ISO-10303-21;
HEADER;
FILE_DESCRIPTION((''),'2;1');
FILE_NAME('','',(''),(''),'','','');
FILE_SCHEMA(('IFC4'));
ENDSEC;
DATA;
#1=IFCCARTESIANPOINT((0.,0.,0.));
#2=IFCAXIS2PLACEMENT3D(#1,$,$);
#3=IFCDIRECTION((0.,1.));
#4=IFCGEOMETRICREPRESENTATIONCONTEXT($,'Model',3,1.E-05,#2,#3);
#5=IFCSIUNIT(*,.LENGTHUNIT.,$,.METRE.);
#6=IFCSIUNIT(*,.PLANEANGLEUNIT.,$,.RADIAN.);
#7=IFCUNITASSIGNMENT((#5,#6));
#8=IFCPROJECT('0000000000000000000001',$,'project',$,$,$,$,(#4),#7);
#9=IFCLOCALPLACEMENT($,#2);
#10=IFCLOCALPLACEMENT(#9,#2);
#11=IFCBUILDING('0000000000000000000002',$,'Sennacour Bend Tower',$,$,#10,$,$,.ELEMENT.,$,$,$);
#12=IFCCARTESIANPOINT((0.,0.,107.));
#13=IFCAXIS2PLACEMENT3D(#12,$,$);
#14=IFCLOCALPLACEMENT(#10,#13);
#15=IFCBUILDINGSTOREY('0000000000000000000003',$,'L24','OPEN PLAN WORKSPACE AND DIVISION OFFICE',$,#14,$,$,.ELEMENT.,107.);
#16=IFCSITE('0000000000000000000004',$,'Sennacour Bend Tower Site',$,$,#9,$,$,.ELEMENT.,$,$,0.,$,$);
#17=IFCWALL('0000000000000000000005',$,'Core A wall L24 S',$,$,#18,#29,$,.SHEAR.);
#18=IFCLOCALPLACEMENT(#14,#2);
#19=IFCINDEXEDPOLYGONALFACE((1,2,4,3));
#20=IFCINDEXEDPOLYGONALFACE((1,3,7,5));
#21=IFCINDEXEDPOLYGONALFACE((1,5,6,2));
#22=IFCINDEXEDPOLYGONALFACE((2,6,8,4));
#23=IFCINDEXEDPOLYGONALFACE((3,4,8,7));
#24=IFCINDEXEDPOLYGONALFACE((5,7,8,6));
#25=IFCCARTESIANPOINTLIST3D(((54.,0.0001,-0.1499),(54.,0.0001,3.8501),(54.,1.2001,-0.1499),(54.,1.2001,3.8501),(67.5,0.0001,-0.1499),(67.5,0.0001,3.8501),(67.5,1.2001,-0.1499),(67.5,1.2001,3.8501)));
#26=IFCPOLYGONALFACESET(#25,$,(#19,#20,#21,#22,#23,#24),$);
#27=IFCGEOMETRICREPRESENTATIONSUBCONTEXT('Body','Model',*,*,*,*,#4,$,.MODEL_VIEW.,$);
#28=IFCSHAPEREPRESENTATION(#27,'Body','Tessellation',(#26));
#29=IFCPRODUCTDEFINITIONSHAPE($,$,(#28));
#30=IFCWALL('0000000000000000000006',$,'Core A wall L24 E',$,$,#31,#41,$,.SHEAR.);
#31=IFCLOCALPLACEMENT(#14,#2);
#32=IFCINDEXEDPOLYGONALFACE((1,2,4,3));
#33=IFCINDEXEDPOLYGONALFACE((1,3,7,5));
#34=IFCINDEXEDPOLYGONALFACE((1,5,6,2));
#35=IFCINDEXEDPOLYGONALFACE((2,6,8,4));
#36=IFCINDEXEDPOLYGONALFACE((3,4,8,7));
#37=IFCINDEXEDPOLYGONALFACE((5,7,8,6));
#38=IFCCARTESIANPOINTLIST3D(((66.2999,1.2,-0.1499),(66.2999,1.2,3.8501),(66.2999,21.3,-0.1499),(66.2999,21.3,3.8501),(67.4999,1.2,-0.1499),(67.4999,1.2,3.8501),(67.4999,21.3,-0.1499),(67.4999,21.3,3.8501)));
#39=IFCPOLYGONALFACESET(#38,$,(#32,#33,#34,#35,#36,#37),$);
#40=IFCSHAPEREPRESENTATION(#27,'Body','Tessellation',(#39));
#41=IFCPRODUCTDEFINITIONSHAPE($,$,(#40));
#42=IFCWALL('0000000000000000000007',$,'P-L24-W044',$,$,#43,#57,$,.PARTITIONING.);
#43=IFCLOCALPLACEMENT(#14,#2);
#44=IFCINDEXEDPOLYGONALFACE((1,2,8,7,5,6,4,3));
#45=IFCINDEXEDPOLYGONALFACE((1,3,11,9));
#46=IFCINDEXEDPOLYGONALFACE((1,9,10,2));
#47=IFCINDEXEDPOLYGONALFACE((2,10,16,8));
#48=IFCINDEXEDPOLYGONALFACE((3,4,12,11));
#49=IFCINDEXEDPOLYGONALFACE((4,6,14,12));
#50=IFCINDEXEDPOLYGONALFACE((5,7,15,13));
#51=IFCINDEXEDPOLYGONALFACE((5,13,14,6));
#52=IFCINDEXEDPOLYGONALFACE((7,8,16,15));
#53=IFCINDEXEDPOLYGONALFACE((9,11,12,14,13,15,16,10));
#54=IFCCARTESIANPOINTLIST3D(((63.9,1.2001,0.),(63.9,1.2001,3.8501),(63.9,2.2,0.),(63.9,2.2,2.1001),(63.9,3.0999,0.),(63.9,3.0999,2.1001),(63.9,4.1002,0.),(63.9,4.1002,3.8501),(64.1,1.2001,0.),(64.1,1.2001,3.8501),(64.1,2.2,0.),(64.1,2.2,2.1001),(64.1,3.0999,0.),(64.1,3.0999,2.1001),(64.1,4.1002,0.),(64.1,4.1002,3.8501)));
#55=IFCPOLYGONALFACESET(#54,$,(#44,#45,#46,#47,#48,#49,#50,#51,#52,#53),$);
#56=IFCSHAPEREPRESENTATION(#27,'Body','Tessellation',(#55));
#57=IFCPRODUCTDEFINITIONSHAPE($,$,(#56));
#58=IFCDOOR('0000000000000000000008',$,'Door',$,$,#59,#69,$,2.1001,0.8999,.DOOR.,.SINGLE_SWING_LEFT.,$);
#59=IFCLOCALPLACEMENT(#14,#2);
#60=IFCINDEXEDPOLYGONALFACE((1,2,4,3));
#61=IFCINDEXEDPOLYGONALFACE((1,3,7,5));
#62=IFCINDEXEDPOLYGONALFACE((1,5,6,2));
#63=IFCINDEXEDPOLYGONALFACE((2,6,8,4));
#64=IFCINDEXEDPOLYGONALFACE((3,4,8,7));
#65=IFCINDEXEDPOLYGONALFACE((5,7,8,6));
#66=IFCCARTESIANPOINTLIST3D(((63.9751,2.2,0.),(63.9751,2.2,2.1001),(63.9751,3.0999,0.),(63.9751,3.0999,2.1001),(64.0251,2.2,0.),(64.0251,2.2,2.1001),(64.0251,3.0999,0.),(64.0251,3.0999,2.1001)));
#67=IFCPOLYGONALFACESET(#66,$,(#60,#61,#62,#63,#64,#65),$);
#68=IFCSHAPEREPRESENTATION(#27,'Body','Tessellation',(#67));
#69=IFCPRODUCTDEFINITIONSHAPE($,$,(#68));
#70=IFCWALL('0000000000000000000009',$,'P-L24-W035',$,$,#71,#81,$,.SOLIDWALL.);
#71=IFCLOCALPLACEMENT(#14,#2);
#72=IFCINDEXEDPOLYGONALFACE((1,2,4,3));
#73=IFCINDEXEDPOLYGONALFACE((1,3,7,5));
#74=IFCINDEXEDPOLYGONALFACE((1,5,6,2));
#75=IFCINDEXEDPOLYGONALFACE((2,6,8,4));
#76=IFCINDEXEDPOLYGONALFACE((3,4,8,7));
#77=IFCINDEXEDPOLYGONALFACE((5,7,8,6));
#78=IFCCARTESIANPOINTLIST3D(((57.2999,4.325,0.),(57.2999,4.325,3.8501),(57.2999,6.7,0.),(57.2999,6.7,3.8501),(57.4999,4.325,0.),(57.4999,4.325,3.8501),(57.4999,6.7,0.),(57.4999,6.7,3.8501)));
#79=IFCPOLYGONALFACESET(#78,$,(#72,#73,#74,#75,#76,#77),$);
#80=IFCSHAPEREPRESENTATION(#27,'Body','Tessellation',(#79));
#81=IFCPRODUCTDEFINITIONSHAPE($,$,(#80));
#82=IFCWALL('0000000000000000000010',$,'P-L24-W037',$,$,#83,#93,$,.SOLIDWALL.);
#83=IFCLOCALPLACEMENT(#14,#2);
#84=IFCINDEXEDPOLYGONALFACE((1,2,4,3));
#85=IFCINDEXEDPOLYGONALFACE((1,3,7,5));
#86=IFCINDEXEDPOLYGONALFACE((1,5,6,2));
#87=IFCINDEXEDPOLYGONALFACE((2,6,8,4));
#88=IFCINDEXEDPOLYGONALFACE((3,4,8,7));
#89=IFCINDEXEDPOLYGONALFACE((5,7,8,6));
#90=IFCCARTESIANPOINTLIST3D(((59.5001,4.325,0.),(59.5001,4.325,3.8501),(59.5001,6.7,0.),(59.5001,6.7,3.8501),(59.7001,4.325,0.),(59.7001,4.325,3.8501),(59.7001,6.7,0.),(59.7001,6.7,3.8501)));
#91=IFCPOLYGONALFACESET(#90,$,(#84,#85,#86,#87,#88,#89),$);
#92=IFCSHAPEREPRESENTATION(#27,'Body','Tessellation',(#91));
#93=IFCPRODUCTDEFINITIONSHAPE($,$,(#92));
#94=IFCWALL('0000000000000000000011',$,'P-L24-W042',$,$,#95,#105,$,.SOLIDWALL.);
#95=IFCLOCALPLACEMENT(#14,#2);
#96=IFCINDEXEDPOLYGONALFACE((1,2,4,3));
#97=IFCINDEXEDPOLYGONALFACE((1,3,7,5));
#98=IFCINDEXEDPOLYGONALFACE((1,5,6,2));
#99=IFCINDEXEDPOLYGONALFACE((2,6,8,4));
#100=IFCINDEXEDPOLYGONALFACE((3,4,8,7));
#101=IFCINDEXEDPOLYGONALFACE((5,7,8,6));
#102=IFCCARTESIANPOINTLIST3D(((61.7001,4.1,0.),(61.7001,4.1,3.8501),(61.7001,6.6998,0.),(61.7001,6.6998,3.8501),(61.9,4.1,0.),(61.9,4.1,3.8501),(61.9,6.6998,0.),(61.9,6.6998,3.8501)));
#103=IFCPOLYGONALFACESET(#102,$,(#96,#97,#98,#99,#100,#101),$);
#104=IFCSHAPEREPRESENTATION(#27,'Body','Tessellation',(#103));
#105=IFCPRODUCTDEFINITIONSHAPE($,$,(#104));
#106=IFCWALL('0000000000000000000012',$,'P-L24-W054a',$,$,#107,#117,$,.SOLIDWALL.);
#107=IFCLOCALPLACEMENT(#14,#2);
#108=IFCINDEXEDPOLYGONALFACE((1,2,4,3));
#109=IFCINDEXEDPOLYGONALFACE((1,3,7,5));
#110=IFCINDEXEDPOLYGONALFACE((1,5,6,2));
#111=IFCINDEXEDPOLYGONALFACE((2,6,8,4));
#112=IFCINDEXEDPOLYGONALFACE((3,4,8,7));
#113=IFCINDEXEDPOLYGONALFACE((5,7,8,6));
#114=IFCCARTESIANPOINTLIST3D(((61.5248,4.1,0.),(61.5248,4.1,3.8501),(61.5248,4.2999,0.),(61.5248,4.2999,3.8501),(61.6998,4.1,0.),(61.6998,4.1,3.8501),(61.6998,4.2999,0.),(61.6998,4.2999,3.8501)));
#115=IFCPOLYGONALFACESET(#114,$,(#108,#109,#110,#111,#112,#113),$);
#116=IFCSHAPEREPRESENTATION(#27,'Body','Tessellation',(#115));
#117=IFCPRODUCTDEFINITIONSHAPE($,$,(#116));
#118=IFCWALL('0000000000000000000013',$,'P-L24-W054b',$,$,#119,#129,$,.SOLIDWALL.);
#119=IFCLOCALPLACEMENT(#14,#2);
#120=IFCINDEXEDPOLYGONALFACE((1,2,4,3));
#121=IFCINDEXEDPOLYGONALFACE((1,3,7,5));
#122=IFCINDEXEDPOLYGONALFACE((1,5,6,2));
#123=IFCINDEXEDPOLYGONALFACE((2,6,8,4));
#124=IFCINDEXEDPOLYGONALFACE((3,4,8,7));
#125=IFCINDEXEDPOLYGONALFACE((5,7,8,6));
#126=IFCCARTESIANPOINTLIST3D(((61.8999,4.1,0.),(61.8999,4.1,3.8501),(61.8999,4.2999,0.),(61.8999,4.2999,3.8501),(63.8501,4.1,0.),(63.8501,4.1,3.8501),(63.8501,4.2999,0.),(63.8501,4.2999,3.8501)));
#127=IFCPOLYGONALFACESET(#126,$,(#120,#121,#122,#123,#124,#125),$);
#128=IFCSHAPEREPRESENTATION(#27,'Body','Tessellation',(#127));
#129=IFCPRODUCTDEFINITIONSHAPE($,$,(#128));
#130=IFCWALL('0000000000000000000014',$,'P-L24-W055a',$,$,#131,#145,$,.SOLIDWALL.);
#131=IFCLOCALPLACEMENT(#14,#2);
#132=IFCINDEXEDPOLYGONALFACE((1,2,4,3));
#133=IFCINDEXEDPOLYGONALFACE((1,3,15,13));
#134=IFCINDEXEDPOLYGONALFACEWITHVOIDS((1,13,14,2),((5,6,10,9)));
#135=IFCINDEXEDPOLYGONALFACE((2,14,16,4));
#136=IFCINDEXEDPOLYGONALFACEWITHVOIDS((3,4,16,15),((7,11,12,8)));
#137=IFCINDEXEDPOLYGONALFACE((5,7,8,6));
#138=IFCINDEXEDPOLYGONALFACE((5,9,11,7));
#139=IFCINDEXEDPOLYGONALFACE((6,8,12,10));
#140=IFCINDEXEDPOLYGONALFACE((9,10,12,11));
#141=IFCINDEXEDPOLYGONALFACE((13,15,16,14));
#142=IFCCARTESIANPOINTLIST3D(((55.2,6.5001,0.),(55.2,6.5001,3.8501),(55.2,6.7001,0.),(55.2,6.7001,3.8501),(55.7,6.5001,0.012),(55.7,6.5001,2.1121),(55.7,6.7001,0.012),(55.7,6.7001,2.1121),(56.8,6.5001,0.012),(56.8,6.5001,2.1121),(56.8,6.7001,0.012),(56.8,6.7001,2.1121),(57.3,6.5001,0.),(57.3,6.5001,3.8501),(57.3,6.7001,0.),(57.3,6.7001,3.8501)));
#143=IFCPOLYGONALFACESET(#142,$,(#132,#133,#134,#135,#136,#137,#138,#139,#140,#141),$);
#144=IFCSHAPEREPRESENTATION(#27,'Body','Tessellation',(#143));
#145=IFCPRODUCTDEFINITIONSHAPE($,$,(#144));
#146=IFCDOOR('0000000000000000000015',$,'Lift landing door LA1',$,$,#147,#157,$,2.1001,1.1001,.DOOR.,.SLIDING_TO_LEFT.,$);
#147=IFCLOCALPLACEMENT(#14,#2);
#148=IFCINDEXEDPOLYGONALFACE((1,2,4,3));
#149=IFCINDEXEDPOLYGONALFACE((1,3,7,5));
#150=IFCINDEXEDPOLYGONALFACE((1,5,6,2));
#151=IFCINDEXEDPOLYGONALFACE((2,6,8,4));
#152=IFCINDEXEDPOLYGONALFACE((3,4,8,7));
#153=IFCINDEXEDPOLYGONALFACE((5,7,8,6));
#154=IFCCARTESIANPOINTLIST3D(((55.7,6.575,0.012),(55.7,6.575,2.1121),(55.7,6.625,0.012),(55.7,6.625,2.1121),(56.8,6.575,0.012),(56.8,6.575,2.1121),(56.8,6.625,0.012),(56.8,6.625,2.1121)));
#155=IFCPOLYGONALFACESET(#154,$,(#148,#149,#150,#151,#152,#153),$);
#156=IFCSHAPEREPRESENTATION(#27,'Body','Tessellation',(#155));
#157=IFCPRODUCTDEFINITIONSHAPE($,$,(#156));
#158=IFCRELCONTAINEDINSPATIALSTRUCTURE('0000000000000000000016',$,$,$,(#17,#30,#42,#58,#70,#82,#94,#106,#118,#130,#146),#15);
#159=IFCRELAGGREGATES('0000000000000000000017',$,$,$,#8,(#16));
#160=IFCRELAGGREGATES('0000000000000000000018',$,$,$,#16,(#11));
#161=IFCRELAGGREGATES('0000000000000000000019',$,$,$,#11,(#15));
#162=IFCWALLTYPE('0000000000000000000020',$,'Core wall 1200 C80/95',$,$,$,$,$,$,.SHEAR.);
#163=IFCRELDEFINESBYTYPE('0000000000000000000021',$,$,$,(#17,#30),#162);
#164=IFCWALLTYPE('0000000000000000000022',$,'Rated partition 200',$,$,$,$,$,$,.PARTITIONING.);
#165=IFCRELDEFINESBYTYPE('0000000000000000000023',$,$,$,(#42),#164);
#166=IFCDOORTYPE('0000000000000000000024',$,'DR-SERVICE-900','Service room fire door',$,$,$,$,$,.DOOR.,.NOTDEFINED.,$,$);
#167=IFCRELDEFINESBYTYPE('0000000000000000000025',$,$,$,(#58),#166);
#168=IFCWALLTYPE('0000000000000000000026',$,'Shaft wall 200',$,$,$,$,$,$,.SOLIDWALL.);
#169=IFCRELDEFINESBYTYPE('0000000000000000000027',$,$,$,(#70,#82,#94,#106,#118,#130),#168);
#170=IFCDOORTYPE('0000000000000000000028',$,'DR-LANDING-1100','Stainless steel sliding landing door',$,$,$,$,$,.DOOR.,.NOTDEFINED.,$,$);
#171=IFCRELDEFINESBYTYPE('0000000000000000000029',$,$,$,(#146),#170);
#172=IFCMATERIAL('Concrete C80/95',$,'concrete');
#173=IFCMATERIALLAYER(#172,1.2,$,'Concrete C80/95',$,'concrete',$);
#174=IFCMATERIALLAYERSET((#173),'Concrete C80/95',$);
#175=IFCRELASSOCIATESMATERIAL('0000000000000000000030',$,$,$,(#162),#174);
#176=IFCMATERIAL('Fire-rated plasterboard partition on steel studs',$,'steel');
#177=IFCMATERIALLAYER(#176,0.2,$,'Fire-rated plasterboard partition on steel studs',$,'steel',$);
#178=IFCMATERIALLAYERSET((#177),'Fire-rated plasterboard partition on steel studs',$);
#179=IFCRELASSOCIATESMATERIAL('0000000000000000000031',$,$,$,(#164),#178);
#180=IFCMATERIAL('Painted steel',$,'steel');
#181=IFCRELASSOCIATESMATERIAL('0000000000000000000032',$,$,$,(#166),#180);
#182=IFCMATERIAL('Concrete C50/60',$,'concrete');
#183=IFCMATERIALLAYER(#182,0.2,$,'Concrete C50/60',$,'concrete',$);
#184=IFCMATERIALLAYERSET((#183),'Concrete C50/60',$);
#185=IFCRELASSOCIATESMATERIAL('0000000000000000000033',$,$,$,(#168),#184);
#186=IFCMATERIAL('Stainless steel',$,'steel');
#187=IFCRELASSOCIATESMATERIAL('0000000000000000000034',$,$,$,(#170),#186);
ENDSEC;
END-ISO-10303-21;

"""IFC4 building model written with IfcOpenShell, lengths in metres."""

from ifc_helpers import new_model, si_unit, direction, frame, frame_2d, origin, place, context, subcontext, project, spatial, rectangle, extrude, material, layer, layer_set, type_object, element, fill, save


model = new_model("IFC4")

# Units and contexts
model_context = context("Model", 3, precision=1e-05, world=origin(), true_north=direction((0.0, 1.0)))
body_context = subcontext(model_context, "Body", "Model", "MODEL_VIEW")
ifc_project = project(units=[si_unit("LENGTHUNIT", "METRE"), si_unit("PLANEANGLEUNIT", "RADIAN")], contexts=[model_context])

# Site, building, storey
site_placement = place(None, origin())
site = spatial("IfcSite", under=ifc_project, at=site_placement, Name="Sennacour Bend Tower Site", CompositionType="ELEMENT", RefElevation=0.0)
building_placement = place(site_placement, origin())
building = spatial("IfcBuilding", under=site, at=building_placement, Name="Sennacour Bend Tower", CompositionType="ELEMENT")
storey_placement = place(building_placement, frame((0.0, 0.0, 107.0)))
storey = spatial("IfcBuildingStorey", under=building, at=storey_placement, Name="L24", Description="OPEN PLAN WORKSPACE AND DIVISION OFFICE", CompositionType="ELEMENT", Elevation=107.0)

# Walls
ifc_material_1 = material(Name="Concrete C80/95", Category="concrete")
ifc_layer_1 = layer(ifc_material_1, 1.2, Name="Concrete C80/95", Category="concrete")
ifc_layer_set_1 = layer_set([ifc_layer_1], Name="Concrete C80/95")
wall_type_1 = type_object("IfcWallType", Name="Core wall 1200 C80/95", PredefinedType="SHEAR", material=ifc_layer_set_1)
wall_1_placement = place(storey_placement, frame((67.5, 0.6001, -0.1499), z_axis=(0.0, 0.0, 1.0), x_axis=(-1.0, 0.0, 0.0)))
element("IfcWall", 1, at=wall_1_placement, inside=storey, type_object=wall_type_1, Name="Core A wall L24 S", PredefinedType="SHEAR", context=body_context, shape_type="SweptSolid", body=[
    extrude(rectangle(XDim=13.5, YDim=1.2, at=frame_2d((6.75, 0.0))), origin(), (0.0, 0.0, 1.0), 4.0),
])
wall_2_placement = place(storey_placement, frame((66.8999, 1.2, -0.1499), z_axis=(0.0, 0.0, 1.0), x_axis=(0.0, 1.0, 0.0)))
element("IfcWall", 2, at=wall_2_placement, inside=storey, type_object=wall_type_1, Name="Core A wall L24 E", PredefinedType="SHEAR", context=body_context, shape_type="SweptSolid", body=[
    extrude(rectangle(XDim=20.1001, YDim=1.2, at=frame_2d((10.05, 0.0))), origin(), (0.0, 0.0, 1.0), 4.0),
])

# Wall, opening, door
ifc_material_2 = material(Name="Fire-rated plasterboard partition on steel studs", Category="steel")
ifc_layer_2 = layer(ifc_material_2, 0.2, Name="Fire-rated plasterboard partition on steel studs", Category="steel")
ifc_layer_set_2 = layer_set([ifc_layer_2], Name="Fire-rated plasterboard partition on steel studs")
wall_type_2 = type_object("IfcWallType", Name="Rated partition 200", PredefinedType="PARTITIONING", material=ifc_layer_set_2)
wall_3_placement = place(storey_placement, frame((64.0, 1.2, 0.0), z_axis=(0.0, 0.0, 1.0), x_axis=(0.0, 1.0, 0.0)))
wall_3 = element("IfcWall", 3, at=wall_3_placement, inside=storey, type_object=wall_type_2, Name="P-L24-W044", PredefinedType="PARTITIONING", context=body_context, shape_type="SweptSolid", body=[
    extrude(rectangle(XDim=2.9001, YDim=0.2, at=frame_2d((1.4502, 0.0))), origin(), (0.0, 0.0, 1.0), 3.8501),
])
opening_1_placement = place(wall_3_placement, frame((1.0, 0.0, 0.0)))
opening_1 = element("IfcOpeningElement", 4, at=opening_1_placement, cuts=wall_3, PredefinedType="OPENING", context=body_context, shape_type="SweptSolid", body=[
    extrude(rectangle(XDim=0.8999, YDim=2.1001, at=frame_2d((0.45, 1.05))), frame((0.0, 0.1099, 0.0), z_axis=(0.0, -1.0, 0.0), x_axis=(1.0, 0.0, 0.0)), (0.0, 0.0, 1.0), 0.22),
])
ifc_material_3 = material(Name="Painted steel", Category="steel")
door_type_1 = type_object("IfcDoorType", Name="DR-SERVICE-900", Description="Service room fire door", OperationType="NOTDEFINED", PredefinedType="DOOR", material=ifc_material_3)
door_1_placement = place(opening_1_placement, origin())
door_1 = element("IfcDoor", 5, at=door_1_placement, inside=storey, type_object=door_type_1, Name="Door", OperationType="SINGLE_SWING_LEFT", OverallHeight=2.1001, OverallWidth=0.8999, PredefinedType="DOOR", context=body_context, shape_type="SweptSolid", body=[
    extrude(rectangle(XDim=0.8999, YDim=2.1001, at=frame_2d((0.45, 1.05))), frame((0.0, 0.0249, 0.0), z_axis=(0.0, -1.0, 0.0), x_axis=(1.0, 0.0, 0.0)), (0.0, 0.0, 1.0), 0.05),
])
fill(opening_1, door_1)

# Walls
ifc_material_4 = material(Name="Concrete C50/60", Category="concrete")
ifc_layer_3 = layer(ifc_material_4, 0.2, Name="Concrete C50/60", Category="concrete")
ifc_layer_set_3 = layer_set([ifc_layer_3], Name="Concrete C50/60")
wall_type_3 = type_object("IfcWallType", Name="Shaft wall 200", PredefinedType="SOLIDWALL", material=ifc_layer_set_3)
for number, where, z_axis, x_axis, name in (
    (6, (57.3999, 4.325, 0.0), (0.0, 0.0, 1.0), (0.0, 1.0, 0.0), "P-L24-W035"),
    (7, (59.6001, 4.325, 0.0), (0.0, 0.0, 1.0), (0.0, 1.0, 0.0), "P-L24-W037"),
):
    element("IfcWall", number, at=place(storey_placement, frame(where, z_axis=z_axis, x_axis=x_axis)), inside=storey, type_object=wall_type_3, Name=name, PredefinedType="SOLIDWALL", context=body_context, shape_type="SweptSolid", body=[
        extrude(rectangle(XDim=2.375, YDim=0.2, at=frame_2d((1.1875, 0.0))), origin(), (0.0, 0.0, 1.0), 3.8501),
    ])
wall_4_placement = place(storey_placement, frame((61.8, 4.1001, 0.0), z_axis=(0.0, 0.0, 1.0), x_axis=(0.0, 1.0, 0.0)))
element("IfcWall", 8, at=wall_4_placement, inside=storey, type_object=wall_type_3, Name="P-L24-W042", PredefinedType="SOLIDWALL", context=body_context, shape_type="SweptSolid", body=[
    extrude(rectangle(XDim=2.5999, YDim=0.2, at=frame_2d((1.2998, 0.0))), origin(), (0.0, 0.0, 1.0), 3.8501),
])
wall_5_placement = place(storey_placement, frame((61.5249, 4.2, 0.0), z_axis=(0.0, 0.0, 1.0), x_axis=(1.0, 0.0, 0.0)))
element("IfcWall", 9, at=wall_5_placement, inside=storey, type_object=wall_type_3, Name="P-L24-W054a", PredefinedType="SOLIDWALL", context=body_context, shape_type="SweptSolid", body=[
    extrude(rectangle(XDim=0.175, YDim=0.2, at=frame_2d((0.0874, 0.0))), origin(), (0.0, 0.0, 1.0), 3.8501),
])
wall_6_placement = place(storey_placement, frame((61.8999, 4.2, 0.0), z_axis=(0.0, 0.0, 1.0), x_axis=(1.0, 0.0, 0.0)))
element("IfcWall", 10, at=wall_6_placement, inside=storey, type_object=wall_type_3, Name="P-L24-W054b", PredefinedType="SOLIDWALL", context=body_context, shape_type="SweptSolid", body=[
    extrude(rectangle(XDim=1.9502, YDim=0.2, at=frame_2d((0.9751, 0.0))), origin(), (0.0, 0.0, 1.0), 3.8501),
])

# Wall, opening, door
wall_7_placement = place(storey_placement, frame((55.2, 6.6001, 0.0), z_axis=(0.0, 0.0, 1.0), x_axis=(1.0, 0.0, 0.0)))
wall_7 = element("IfcWall", 11, at=wall_7_placement, inside=storey, type_object=wall_type_3, Name="P-L24-W055a", PredefinedType="SOLIDWALL", context=body_context, shape_type="SweptSolid", body=[
    extrude(rectangle(XDim=2.1001, YDim=0.2, at=frame_2d((1.05, 0.0))), origin(), (0.0, 0.0, 1.0), 3.8501),
])
opening_2_placement = place(wall_7_placement, frame((0.5, 0.0, 0.012)))
opening_2 = element("IfcOpeningElement", 12, at=opening_2_placement, cuts=wall_7, PredefinedType="OPENING", context=body_context, shape_type="SweptSolid", body=[
    extrude(rectangle(XDim=1.1001, YDim=2.1001, at=frame_2d((0.55, 1.05))), frame((0.0, 0.1099, 0.0), z_axis=(0.0, -1.0, 0.0), x_axis=(1.0, 0.0, 0.0)), (0.0, 0.0, 1.0), 0.22),
])
ifc_material_5 = material(Name="Stainless steel", Category="steel")
door_type_2 = type_object("IfcDoorType", Name="DR-LANDING-1100", Description="Stainless steel sliding landing door", OperationType="NOTDEFINED", PredefinedType="DOOR", material=ifc_material_5)
door_2_placement = place(opening_2_placement, origin())
door_2 = element("IfcDoor", 13, at=door_2_placement, inside=storey, type_object=door_type_2, Name="Lift landing door LA1", OperationType="SLIDING_TO_LEFT", OverallHeight=2.1001, OverallWidth=1.1001, PredefinedType="DOOR", context=body_context, shape_type="SweptSolid", body=[
    extrude(rectangle(XDim=1.1001, YDim=2.1001, at=frame_2d((0.55, 1.05))), frame((0.0, 0.0249, 0.0), z_axis=(0.0, -1.0, 0.0), x_axis=(1.0, 0.0, 0.0)), (0.0, 0.0, 1.0), 0.05),
])
fill(opening_2, door_2)

save(model, "model.ifc")
